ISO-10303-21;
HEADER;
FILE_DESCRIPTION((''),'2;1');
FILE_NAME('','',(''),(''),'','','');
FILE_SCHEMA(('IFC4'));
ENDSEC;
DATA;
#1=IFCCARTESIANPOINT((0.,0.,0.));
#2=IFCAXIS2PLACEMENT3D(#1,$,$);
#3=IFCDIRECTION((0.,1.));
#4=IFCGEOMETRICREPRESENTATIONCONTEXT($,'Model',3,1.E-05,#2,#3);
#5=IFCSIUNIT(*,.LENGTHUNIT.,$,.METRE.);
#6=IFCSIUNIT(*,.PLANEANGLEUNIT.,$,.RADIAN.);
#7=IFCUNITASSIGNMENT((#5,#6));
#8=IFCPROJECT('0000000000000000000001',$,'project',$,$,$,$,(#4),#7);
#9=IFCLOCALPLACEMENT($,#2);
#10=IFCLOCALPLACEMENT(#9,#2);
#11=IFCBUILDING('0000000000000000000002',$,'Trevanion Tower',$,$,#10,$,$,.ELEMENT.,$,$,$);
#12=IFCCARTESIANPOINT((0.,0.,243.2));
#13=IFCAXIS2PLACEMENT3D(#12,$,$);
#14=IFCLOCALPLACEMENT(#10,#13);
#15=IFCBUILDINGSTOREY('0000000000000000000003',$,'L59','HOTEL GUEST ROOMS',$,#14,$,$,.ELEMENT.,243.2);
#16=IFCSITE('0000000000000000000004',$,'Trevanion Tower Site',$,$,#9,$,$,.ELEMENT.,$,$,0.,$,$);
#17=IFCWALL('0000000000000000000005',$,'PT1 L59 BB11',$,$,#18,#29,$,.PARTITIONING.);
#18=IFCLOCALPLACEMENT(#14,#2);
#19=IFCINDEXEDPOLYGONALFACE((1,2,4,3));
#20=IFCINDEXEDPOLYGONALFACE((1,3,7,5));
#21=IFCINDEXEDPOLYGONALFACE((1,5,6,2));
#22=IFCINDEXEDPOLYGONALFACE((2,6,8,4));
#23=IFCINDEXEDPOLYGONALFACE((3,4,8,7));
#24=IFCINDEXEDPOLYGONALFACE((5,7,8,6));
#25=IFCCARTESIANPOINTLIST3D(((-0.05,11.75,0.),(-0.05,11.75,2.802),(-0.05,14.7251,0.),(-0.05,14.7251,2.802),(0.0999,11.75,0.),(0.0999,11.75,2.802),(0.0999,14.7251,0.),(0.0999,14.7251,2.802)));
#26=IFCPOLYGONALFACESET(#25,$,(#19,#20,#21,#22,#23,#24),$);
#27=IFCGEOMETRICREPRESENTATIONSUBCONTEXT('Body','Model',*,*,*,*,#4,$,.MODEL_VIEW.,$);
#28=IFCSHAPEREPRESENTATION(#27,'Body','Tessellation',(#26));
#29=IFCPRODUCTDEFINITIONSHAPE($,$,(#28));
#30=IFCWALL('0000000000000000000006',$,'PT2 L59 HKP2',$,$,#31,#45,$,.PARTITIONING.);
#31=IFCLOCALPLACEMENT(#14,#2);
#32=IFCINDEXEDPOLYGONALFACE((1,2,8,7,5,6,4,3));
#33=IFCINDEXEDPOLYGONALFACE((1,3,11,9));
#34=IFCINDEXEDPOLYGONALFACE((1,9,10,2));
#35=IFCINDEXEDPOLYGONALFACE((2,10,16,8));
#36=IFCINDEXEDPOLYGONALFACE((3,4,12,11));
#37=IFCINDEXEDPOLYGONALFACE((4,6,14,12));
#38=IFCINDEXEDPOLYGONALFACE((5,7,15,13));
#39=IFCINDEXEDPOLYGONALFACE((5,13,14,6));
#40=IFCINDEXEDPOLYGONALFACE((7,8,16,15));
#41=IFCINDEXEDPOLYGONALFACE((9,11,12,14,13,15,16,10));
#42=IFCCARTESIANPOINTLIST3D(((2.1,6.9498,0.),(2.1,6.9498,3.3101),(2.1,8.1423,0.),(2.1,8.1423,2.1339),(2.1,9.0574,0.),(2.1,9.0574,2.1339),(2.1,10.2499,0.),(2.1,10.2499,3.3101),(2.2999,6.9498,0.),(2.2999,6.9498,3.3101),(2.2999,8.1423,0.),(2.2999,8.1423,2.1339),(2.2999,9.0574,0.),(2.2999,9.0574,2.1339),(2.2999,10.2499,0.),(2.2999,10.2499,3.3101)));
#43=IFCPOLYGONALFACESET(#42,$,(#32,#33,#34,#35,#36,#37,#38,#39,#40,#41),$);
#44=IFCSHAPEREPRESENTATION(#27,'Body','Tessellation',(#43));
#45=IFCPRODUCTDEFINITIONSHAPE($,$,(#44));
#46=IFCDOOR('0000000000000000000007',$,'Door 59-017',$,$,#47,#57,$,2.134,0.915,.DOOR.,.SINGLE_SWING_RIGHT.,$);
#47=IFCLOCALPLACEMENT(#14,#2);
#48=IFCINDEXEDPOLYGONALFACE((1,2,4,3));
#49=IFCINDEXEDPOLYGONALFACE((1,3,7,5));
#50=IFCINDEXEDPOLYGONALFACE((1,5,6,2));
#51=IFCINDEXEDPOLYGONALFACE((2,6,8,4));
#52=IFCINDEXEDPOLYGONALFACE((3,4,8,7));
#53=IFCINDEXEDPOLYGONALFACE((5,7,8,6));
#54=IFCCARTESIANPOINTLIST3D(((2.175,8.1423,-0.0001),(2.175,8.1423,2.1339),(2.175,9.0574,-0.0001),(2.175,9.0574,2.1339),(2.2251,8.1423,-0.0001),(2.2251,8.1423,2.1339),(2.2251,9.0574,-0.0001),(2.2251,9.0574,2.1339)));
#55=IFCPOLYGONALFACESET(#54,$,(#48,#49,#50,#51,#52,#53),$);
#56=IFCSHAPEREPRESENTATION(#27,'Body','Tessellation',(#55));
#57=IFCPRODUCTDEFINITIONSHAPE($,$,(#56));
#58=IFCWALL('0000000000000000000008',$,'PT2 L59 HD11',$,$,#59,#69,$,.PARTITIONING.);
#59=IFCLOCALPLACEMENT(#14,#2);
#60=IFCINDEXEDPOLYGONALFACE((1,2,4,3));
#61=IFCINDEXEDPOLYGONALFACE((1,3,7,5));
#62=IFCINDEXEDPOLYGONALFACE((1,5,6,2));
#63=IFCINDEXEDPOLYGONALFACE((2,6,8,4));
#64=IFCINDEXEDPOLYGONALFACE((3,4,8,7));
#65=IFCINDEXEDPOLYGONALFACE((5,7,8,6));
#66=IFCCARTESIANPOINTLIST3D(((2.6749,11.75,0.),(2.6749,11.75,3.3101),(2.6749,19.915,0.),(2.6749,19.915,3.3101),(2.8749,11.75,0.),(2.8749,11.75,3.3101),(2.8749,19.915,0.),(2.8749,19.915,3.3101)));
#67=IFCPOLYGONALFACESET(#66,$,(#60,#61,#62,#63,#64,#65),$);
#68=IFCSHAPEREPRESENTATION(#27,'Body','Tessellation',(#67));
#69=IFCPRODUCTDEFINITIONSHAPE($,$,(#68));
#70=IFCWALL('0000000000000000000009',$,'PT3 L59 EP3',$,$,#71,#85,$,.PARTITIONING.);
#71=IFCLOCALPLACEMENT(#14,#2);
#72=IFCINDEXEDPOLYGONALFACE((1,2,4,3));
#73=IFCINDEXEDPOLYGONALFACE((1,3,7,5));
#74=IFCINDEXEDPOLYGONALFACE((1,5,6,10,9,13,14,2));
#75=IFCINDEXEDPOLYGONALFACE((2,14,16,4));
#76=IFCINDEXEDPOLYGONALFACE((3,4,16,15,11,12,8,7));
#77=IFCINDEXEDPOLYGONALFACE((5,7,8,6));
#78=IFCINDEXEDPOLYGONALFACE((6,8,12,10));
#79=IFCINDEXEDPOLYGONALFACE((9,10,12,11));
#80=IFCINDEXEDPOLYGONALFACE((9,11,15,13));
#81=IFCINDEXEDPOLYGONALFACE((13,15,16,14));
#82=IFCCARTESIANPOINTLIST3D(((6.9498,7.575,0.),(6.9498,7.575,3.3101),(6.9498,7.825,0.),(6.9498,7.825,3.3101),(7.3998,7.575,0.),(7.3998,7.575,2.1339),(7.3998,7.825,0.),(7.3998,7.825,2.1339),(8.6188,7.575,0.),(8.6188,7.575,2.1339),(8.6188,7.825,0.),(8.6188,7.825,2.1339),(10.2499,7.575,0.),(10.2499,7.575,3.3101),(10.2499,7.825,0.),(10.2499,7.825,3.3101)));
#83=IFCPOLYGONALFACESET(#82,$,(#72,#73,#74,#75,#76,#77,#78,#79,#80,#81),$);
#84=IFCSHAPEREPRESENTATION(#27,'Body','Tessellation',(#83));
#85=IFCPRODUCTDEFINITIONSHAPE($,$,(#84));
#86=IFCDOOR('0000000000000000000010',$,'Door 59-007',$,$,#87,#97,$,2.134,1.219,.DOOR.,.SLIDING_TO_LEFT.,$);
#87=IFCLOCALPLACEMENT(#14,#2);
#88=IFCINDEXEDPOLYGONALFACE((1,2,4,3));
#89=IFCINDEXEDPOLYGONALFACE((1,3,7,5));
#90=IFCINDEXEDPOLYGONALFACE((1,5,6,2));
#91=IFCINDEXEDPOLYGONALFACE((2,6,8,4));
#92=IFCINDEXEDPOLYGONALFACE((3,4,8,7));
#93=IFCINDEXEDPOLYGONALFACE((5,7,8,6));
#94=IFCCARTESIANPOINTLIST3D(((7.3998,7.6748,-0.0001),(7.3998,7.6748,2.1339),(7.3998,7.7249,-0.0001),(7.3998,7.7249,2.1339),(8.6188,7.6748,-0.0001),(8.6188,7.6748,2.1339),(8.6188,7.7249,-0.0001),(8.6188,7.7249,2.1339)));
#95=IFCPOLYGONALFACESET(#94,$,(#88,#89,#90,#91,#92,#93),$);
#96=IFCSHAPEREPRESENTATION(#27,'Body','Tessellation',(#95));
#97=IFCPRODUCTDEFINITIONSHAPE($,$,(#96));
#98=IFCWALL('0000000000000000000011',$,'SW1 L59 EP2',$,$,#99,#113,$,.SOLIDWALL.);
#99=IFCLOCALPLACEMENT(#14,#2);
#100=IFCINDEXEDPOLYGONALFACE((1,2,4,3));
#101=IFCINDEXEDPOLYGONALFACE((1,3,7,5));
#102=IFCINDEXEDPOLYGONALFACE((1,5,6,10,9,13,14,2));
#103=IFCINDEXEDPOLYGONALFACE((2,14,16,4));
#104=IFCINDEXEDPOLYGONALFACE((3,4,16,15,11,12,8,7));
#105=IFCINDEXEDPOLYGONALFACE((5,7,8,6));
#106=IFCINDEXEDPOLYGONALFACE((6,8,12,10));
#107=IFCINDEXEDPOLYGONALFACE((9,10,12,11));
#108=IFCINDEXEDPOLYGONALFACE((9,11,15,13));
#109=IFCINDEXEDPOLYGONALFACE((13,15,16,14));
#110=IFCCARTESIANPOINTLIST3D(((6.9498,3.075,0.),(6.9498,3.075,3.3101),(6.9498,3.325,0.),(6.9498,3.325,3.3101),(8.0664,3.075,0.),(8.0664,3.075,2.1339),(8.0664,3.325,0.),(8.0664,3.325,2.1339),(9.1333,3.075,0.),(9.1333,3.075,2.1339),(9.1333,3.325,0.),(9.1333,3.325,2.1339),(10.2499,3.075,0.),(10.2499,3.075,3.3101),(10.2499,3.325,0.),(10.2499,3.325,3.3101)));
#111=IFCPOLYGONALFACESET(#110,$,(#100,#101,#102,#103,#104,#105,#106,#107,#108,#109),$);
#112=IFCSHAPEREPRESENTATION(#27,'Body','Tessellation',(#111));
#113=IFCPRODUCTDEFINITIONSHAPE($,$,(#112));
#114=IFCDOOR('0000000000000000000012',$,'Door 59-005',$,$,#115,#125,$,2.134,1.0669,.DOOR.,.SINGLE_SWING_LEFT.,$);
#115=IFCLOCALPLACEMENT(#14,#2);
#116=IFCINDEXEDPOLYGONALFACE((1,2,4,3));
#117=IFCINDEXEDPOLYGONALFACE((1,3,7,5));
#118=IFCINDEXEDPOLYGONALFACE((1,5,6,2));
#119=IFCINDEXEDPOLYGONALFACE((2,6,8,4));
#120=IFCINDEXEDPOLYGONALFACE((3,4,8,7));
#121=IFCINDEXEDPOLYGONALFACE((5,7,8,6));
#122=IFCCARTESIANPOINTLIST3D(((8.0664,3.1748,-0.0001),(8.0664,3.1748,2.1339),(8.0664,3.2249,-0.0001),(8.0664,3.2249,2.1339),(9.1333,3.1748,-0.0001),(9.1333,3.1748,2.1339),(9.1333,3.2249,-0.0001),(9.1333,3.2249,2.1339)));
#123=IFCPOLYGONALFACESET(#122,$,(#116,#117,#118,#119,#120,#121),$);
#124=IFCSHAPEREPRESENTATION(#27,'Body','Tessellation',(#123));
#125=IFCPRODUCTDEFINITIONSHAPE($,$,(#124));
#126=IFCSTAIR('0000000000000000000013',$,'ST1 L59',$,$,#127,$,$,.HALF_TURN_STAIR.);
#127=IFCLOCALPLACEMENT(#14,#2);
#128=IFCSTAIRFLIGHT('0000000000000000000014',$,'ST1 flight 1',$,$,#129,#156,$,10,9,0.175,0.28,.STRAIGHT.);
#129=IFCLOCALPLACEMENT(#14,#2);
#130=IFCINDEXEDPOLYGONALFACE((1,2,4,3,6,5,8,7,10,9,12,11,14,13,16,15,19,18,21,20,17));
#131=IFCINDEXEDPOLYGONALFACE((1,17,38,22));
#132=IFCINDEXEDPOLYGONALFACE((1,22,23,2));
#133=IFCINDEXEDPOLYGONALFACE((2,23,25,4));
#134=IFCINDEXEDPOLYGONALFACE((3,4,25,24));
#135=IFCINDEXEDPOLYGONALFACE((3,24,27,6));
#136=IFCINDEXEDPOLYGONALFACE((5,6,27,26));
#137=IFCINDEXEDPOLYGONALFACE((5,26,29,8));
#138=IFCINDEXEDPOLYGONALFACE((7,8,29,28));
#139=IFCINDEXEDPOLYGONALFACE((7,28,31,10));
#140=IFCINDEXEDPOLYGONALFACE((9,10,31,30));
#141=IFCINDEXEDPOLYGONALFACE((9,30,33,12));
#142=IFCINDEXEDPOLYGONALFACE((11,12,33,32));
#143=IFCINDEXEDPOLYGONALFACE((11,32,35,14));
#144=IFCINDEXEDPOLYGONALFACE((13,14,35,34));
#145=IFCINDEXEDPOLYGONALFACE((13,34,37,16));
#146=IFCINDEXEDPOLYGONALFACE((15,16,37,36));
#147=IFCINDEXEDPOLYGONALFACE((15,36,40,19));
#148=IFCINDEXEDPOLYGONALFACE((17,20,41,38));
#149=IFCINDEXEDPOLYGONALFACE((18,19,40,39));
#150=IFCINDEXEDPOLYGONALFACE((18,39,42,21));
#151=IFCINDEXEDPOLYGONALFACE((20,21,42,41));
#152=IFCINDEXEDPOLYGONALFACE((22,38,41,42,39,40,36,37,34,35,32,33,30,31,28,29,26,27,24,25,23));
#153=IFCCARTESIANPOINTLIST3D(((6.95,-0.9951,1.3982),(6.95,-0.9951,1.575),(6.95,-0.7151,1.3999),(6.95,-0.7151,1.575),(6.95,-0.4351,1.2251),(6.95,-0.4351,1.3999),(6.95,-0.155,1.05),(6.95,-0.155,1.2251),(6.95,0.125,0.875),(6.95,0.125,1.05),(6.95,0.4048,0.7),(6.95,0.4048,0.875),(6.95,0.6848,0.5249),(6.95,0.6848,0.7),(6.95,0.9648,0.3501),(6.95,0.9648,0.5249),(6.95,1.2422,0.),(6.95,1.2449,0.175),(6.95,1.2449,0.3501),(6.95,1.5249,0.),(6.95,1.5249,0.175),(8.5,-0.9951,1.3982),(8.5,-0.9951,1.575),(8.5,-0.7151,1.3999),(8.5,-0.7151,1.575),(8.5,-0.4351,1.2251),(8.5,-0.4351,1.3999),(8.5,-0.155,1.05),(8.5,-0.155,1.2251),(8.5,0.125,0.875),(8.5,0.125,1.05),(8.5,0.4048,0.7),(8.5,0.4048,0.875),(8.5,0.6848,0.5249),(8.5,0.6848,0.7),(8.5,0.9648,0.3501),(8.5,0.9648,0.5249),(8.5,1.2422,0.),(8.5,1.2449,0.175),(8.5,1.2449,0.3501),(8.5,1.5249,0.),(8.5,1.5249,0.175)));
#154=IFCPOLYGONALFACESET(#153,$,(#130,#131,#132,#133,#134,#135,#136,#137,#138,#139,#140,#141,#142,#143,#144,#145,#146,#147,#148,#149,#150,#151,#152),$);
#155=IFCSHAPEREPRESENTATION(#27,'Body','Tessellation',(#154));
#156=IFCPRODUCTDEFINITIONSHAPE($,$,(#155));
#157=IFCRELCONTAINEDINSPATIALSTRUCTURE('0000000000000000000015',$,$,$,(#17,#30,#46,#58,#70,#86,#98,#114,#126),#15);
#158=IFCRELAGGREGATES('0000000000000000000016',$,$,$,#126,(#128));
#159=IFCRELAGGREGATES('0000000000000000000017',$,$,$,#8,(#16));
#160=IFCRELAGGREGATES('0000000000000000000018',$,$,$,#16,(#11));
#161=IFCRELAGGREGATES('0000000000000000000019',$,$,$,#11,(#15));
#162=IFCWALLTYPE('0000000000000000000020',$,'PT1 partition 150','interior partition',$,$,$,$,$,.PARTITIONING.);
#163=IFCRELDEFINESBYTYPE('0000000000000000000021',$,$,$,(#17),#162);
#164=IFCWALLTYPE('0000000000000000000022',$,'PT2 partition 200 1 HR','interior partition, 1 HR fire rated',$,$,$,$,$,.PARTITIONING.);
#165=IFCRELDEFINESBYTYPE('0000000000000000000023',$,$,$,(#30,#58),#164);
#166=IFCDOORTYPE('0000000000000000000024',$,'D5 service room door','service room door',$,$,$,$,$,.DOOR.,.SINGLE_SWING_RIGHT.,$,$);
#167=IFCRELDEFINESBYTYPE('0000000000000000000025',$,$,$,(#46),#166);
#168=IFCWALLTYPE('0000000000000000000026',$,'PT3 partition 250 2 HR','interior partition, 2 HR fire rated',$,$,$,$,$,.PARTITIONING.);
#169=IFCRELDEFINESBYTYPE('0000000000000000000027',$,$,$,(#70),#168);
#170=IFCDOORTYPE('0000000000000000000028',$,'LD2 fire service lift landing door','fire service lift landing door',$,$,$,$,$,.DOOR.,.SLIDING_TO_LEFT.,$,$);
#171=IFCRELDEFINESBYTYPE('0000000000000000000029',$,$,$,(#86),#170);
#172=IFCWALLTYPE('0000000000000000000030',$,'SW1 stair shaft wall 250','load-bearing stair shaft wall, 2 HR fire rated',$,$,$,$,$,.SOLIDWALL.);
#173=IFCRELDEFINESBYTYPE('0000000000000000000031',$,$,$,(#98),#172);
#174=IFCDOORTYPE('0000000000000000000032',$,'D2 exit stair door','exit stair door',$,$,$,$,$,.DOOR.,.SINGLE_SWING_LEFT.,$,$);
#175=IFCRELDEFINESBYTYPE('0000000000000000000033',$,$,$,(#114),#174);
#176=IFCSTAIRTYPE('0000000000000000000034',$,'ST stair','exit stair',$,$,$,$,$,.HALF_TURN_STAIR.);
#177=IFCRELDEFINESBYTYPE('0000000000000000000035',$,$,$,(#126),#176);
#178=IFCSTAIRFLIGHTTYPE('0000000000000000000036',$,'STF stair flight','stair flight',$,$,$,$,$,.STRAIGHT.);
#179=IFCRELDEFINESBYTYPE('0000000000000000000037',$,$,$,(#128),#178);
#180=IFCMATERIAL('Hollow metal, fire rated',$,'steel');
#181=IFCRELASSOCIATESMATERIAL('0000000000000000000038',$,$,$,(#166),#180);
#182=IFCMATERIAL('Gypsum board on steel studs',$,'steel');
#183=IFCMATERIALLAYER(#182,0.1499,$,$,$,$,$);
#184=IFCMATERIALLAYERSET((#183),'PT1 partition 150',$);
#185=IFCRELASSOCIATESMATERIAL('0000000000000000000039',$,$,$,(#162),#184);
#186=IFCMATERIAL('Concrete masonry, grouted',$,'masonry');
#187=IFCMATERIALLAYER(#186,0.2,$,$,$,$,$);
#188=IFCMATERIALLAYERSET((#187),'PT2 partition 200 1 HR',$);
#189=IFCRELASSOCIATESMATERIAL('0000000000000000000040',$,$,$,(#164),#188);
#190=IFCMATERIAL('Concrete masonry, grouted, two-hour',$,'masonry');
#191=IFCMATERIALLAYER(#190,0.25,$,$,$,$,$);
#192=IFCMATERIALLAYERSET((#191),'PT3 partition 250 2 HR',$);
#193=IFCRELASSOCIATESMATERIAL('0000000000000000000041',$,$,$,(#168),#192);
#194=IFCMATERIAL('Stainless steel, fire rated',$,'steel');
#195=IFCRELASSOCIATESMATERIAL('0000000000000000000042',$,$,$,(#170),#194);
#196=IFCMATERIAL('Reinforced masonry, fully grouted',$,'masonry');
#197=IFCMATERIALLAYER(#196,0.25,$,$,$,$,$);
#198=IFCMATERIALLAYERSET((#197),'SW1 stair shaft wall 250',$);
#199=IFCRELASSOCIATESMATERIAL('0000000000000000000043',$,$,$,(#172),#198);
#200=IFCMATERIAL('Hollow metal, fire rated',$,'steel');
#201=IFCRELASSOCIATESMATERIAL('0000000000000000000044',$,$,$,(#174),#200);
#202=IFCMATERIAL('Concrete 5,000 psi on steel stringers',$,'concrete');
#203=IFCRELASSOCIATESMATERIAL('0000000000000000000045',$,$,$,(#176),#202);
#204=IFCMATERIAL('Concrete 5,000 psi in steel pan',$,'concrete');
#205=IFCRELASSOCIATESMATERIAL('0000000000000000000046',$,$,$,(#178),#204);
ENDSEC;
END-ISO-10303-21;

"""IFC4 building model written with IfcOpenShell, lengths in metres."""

from ifc_helpers import new_model, si_unit, direction, frame, frame_2d, origin, place, context, subcontext, project, spatial, polyline, rectangle, outline, extrude, material, layer, layer_set, type_object, element, fill, aggregate, save


model = new_model("IFC4")

# Units and contexts
model_context = context("Model", 3, precision=1e-05, world=origin(), true_north=direction((0.0, 1.0)))
body_context = subcontext(model_context, "Body", "Model", "MODEL_VIEW")
ifc_project = project(units=[si_unit("LENGTHUNIT", "METRE"), si_unit("PLANEANGLEUNIT", "RADIAN")], contexts=[model_context])

# Site, building, storey
site_placement = place(None, origin())
site = spatial("IfcSite", under=ifc_project, at=site_placement, Name="Trevanion Tower Site", CompositionType="ELEMENT", RefElevation=0.0)
building_placement = place(site_placement, origin())
building = spatial("IfcBuilding", under=site, at=building_placement, Name="Trevanion Tower", CompositionType="ELEMENT")
storey_placement = place(building_placement, frame((0.0, 0.0, 243.2)))
storey = spatial("IfcBuildingStorey", under=building, at=storey_placement, Name="L59", Description="HOTEL GUEST ROOMS", CompositionType="ELEMENT", Elevation=243.2)

# Shared definitions
ifc_material_1 = material(Name="Hollow metal, fire rated", Category="steel")
door_type_1 = type_object("IfcDoorType", Name="D5 service room door", Description="service room door", OperationType="SINGLE_SWING_RIGHT", PredefinedType="DOOR", material=ifc_material_1)

# Wall
ifc_material_2 = material(Name="Gypsum board on steel studs", Category="steel")
ifc_layer_1 = layer(ifc_material_2, 0.1499)
ifc_layer_set_1 = layer_set([ifc_layer_1], Name="PT1 partition 150")
wall_type_1 = type_object("IfcWallType", Name="PT1 partition 150", Description="interior partition", PredefinedType="PARTITIONING", material=ifc_layer_set_1)
wall_1_placement = place(storey_placement, frame((0.0249, 11.75, 0.0), z_axis=(0.0, 0.0, 1.0), x_axis=(0.0, 1.0, 0.0)))
element("IfcWall", 1, at=wall_1_placement, inside=storey, type_object=wall_type_1, Name="PT1 L59 BB11", PredefinedType="PARTITIONING", context=body_context, shape_type="SweptSolid", body=[
    extrude(rectangle(XDim=2.9751, YDim=0.1499, at=frame_2d((1.4875, 0.0))), origin(), (0.0, 0.0, 1.0), 2.802),
])

# Wall, opening, door
ifc_material_3 = material(Name="Concrete masonry, grouted", Category="masonry")
ifc_layer_2 = layer(ifc_material_3, 0.2)
ifc_layer_set_2 = layer_set([ifc_layer_2], Name="PT2 partition 200 1 HR")
wall_type_2 = type_object("IfcWallType", Name="PT2 partition 200 1 HR", Description="interior partition, 1 HR fire rated", PredefinedType="PARTITIONING", material=ifc_layer_set_2)
wall_2_placement = place(storey_placement, frame((2.2, 6.95, 0.0), z_axis=(0.0, 0.0, 1.0), x_axis=(0.0, 1.0, 0.0)))
wall_2 = element("IfcWall", 2, at=wall_2_placement, inside=storey, type_object=wall_type_2, Name="PT2 L59 HKP2", PredefinedType="PARTITIONING", context=body_context, shape_type="SweptSolid", body=[
    extrude(rectangle(XDim=3.3, YDim=0.2, at=frame_2d((1.6499, 0.0))), origin(), (0.0, 0.0, 1.0), 3.3101),
])
opening_1_placement = place(wall_2_placement, frame((1.1924, 0.0, 0.0)))
opening_1 = element("IfcOpeningElement", 3, at=opening_1_placement, cuts=wall_2, PredefinedType="OPENING", context=body_context, shape_type="SweptSolid", body=[
    extrude(rectangle(XDim=0.915, YDim=2.134, at=frame_2d((0.4575, 1.0669))), frame((0.0, 0.1099, 0.0), z_axis=(0.0, -1.0, 0.0), x_axis=(1.0, 0.0, 0.0)), (0.0, 0.0, 1.0), 0.22),
])
door_1_placement = place(opening_1_placement, origin())
door_1 = element("IfcDoor", 4, at=door_1_placement, inside=storey, type_object=door_type_1, Name="Door 59-017", OperationType="SINGLE_SWING_RIGHT", OverallHeight=2.134, OverallWidth=0.915, PredefinedType="DOOR", context=body_context, shape_type="SweptSolid", body=[
    extrude(rectangle(XDim=0.915, YDim=2.134, at=frame_2d((0.4575, 1.0669))), frame((0.0, 0.0249, 0.0), z_axis=(0.0, -1.0, 0.0), x_axis=(1.0, 0.0, 0.0)), (0.0, 0.0, 1.0), 0.05),
])
fill(opening_1, door_1)

# Wall
wall_3_placement = place(storey_placement, frame((2.7749, 11.75, 0.0), z_axis=(0.0, 0.0, 1.0), x_axis=(0.0, 1.0, 0.0)))
element("IfcWall", 5, at=wall_3_placement, inside=storey, type_object=wall_type_2, Name="PT2 L59 HD11", PredefinedType="PARTITIONING", context=body_context, shape_type="SweptSolid", body=[
    extrude(rectangle(XDim=8.165, YDim=0.2, at=frame_2d((4.0825, 0.0))), origin(), (0.0, 0.0, 1.0), 3.3101),
])

# Walls, openings, doors
ifc_material_4 = material(Name="Concrete masonry, grouted, two-hour", Category="masonry")
ifc_layer_3 = layer(ifc_material_4, 0.25)
ifc_layer_set_3 = layer_set([ifc_layer_3], Name="PT3 partition 250 2 HR")
wall_type_3 = type_object("IfcWallType", Name="PT3 partition 250 2 HR", Description="interior partition, 2 HR fire rated", PredefinedType="PARTITIONING", material=ifc_layer_set_3)
wall_4_placement = place(storey_placement, frame((6.95, 7.7, 0.0), z_axis=(0.0, 0.0, 1.0), x_axis=(1.0, 0.0, 0.0)))
wall_4 = element("IfcWall", 6, at=wall_4_placement, inside=storey, type_object=wall_type_3, Name="PT3 L59 EP3", PredefinedType="PARTITIONING", context=body_context, shape_type="SweptSolid", body=[
    extrude(rectangle(XDim=3.3, YDim=0.25, at=frame_2d((1.6499, 0.0))), origin(), (0.0, 0.0, 1.0), 3.3101),
])
opening_2_placement = place(wall_4_placement, frame((0.45, 0.0, 0.0)))
opening_2 = element("IfcOpeningElement", 7, at=opening_2_placement, cuts=wall_4, PredefinedType="OPENING", context=body_context, shape_type="SweptSolid", body=[
    extrude(rectangle(XDim=1.219, YDim=2.134, at=frame_2d((0.6094, 1.0669))), frame((0.0, 0.135, 0.0), z_axis=(0.0, -1.0, 0.0), x_axis=(1.0, 0.0, 0.0)), (0.0, 0.0, 1.0), 0.27),
])
ifc_material_5 = material(Name="Stainless steel, fire rated", Category="steel")
door_type_2 = type_object("IfcDoorType", Name="LD2 fire service lift landing door", Description="fire service lift landing door", OperationType="SLIDING_TO_LEFT", PredefinedType="DOOR", material=ifc_material_5)
door_2_placement = place(opening_2_placement, origin())
door_2 = element("IfcDoor", 8, at=door_2_placement, inside=storey, type_object=door_type_2, Name="Door 59-007", OperationType="SLIDING_TO_LEFT", OverallHeight=2.134, OverallWidth=1.219, PredefinedType="DOOR", context=body_context, shape_type="SweptSolid", body=[
    extrude(rectangle(XDim=1.219, YDim=2.134, at=frame_2d((0.6094, 1.0669))), frame((0.0, 0.0249, 0.0), z_axis=(0.0, -1.0, 0.0), x_axis=(1.0, 0.0, 0.0)), (0.0, 0.0, 1.0), 0.05),
])
fill(opening_2, door_2)
ifc_material_6 = material(Name="Reinforced masonry, fully grouted", Category="masonry")
ifc_layer_4 = layer(ifc_material_6, 0.25)
ifc_layer_set_4 = layer_set([ifc_layer_4], Name="SW1 stair shaft wall 250")
wall_type_4 = type_object("IfcWallType", Name="SW1 stair shaft wall 250", Description="load-bearing stair shaft wall, 2 HR fire rated", PredefinedType="SOLIDWALL", material=ifc_layer_set_4)
wall_5_placement = place(storey_placement, frame((6.95, 3.2, 0.0), z_axis=(0.0, 0.0, 1.0), x_axis=(1.0, 0.0, 0.0)))
wall_5 = element("IfcWall", 9, at=wall_5_placement, inside=storey, type_object=wall_type_4, Name="SW1 L59 EP2", PredefinedType="SOLIDWALL", context=body_context, shape_type="SweptSolid", body=[
    extrude(rectangle(XDim=3.3, YDim=0.25, at=frame_2d((1.6499, 0.0))), origin(), (0.0, 0.0, 1.0), 3.3101),
])
opening_3_placement = place(wall_5_placement, frame((1.1165, 0.0, 0.0)))
opening_3 = element("IfcOpeningElement", 10, at=opening_3_placement, cuts=wall_5, PredefinedType="OPENING", context=body_context, shape_type="SweptSolid", body=[
    extrude(rectangle(XDim=1.0669, YDim=2.134, at=frame_2d((0.5334, 1.0669))), frame((0.0, 0.135, 0.0), z_axis=(0.0, -1.0, 0.0), x_axis=(1.0, 0.0, 0.0)), (0.0, 0.0, 1.0), 0.27),
])
ifc_material_7 = material(Name="Hollow metal, fire rated", Category="steel")
door_type_3 = type_object("IfcDoorType", Name="D2 exit stair door", Description="exit stair door", OperationType="SINGLE_SWING_LEFT", PredefinedType="DOOR", material=ifc_material_7)
door_3_placement = place(opening_3_placement, origin())
door_3 = element("IfcDoor", 11, at=door_3_placement, inside=storey, type_object=door_type_3, Name="Door 59-005", OperationType="SINGLE_SWING_LEFT", OverallHeight=2.134, OverallWidth=1.0669, PredefinedType="DOOR", context=body_context, shape_type="SweptSolid", body=[
    extrude(rectangle(XDim=1.0669, YDim=2.134, at=frame_2d((0.5334, 1.0669))), frame((0.0, 0.0249, 0.0), z_axis=(0.0, -1.0, 0.0), x_axis=(1.0, 0.0, 0.0)), (0.0, 0.0, 1.0), 0.05),
])
fill(opening_3, door_3)

# Stair, stair flight
ifc_material_8 = material(Name="Concrete 5,000 psi on steel stringers", Category="concrete")
stair_type = type_object("IfcStairType", Name="ST stair", Description="exit stair", PredefinedType="HALF_TURN_STAIR", material=ifc_material_8)
stair_placement = place(storey_placement, origin())
stair = element("IfcStair", 12, at=stair_placement, inside=storey, type_object=stair_type, Name="ST1 L59", PredefinedType="HALF_TURN_STAIR")
ifc_material_9 = material(Name="Concrete 5,000 psi in steel pan", Category="concrete")
stair_flight_type = type_object("IfcStairFlightType", Name="STF stair flight", Description="stair flight", PredefinedType="STRAIGHT", material=ifc_material_9)
stair_flight_placement = place(storey_placement, frame((7.7251, 1.5249, 0.0), z_axis=(0.0, 0.0, 1.0), x_axis=(0.0, -1.0, 0.0)))
stair_flight = element("IfcStairFlight", 13, at=stair_flight_placement, type_object=stair_flight_type, Name="ST1 flight 1", NumberOfRisers=10, NumberOfTreads=9, PredefinedType="STRAIGHT", RiserHeight=0.175, TreadLength=0.28, context=body_context, shape_type="SweptSolid", body=[
    extrude(outline(polyline([(0.0, 0.0), (0.0, 0.175), (0.28, 0.175), (0.28, 0.3501), (0.5601, 0.3501), (0.5601, 0.5249), (0.8401, 0.5249), (0.8401, 0.7), (1.1201, 0.7), (1.1201, 0.875), (1.3999, 0.875), (1.3999, 1.05), (1.6799, 1.05), (1.6799, 1.2251), (1.96, 1.2251), (1.96, 1.3999), (2.24, 1.3999), (2.24, 1.575), (2.52, 1.575), (2.52, 1.75), (2.52, 1.3982), (0.2827, 0.0), (0.0, 0.0)])), frame((0.0, 0.7749, 0.0), z_axis=(0.0, -1.0, 0.0), x_axis=(1.0, 0.0, 0.0)), (0.0, 0.0, 1.0), 1.55),
])
aggregate(stair, [stair_flight])

save(model, "model.ifc")
